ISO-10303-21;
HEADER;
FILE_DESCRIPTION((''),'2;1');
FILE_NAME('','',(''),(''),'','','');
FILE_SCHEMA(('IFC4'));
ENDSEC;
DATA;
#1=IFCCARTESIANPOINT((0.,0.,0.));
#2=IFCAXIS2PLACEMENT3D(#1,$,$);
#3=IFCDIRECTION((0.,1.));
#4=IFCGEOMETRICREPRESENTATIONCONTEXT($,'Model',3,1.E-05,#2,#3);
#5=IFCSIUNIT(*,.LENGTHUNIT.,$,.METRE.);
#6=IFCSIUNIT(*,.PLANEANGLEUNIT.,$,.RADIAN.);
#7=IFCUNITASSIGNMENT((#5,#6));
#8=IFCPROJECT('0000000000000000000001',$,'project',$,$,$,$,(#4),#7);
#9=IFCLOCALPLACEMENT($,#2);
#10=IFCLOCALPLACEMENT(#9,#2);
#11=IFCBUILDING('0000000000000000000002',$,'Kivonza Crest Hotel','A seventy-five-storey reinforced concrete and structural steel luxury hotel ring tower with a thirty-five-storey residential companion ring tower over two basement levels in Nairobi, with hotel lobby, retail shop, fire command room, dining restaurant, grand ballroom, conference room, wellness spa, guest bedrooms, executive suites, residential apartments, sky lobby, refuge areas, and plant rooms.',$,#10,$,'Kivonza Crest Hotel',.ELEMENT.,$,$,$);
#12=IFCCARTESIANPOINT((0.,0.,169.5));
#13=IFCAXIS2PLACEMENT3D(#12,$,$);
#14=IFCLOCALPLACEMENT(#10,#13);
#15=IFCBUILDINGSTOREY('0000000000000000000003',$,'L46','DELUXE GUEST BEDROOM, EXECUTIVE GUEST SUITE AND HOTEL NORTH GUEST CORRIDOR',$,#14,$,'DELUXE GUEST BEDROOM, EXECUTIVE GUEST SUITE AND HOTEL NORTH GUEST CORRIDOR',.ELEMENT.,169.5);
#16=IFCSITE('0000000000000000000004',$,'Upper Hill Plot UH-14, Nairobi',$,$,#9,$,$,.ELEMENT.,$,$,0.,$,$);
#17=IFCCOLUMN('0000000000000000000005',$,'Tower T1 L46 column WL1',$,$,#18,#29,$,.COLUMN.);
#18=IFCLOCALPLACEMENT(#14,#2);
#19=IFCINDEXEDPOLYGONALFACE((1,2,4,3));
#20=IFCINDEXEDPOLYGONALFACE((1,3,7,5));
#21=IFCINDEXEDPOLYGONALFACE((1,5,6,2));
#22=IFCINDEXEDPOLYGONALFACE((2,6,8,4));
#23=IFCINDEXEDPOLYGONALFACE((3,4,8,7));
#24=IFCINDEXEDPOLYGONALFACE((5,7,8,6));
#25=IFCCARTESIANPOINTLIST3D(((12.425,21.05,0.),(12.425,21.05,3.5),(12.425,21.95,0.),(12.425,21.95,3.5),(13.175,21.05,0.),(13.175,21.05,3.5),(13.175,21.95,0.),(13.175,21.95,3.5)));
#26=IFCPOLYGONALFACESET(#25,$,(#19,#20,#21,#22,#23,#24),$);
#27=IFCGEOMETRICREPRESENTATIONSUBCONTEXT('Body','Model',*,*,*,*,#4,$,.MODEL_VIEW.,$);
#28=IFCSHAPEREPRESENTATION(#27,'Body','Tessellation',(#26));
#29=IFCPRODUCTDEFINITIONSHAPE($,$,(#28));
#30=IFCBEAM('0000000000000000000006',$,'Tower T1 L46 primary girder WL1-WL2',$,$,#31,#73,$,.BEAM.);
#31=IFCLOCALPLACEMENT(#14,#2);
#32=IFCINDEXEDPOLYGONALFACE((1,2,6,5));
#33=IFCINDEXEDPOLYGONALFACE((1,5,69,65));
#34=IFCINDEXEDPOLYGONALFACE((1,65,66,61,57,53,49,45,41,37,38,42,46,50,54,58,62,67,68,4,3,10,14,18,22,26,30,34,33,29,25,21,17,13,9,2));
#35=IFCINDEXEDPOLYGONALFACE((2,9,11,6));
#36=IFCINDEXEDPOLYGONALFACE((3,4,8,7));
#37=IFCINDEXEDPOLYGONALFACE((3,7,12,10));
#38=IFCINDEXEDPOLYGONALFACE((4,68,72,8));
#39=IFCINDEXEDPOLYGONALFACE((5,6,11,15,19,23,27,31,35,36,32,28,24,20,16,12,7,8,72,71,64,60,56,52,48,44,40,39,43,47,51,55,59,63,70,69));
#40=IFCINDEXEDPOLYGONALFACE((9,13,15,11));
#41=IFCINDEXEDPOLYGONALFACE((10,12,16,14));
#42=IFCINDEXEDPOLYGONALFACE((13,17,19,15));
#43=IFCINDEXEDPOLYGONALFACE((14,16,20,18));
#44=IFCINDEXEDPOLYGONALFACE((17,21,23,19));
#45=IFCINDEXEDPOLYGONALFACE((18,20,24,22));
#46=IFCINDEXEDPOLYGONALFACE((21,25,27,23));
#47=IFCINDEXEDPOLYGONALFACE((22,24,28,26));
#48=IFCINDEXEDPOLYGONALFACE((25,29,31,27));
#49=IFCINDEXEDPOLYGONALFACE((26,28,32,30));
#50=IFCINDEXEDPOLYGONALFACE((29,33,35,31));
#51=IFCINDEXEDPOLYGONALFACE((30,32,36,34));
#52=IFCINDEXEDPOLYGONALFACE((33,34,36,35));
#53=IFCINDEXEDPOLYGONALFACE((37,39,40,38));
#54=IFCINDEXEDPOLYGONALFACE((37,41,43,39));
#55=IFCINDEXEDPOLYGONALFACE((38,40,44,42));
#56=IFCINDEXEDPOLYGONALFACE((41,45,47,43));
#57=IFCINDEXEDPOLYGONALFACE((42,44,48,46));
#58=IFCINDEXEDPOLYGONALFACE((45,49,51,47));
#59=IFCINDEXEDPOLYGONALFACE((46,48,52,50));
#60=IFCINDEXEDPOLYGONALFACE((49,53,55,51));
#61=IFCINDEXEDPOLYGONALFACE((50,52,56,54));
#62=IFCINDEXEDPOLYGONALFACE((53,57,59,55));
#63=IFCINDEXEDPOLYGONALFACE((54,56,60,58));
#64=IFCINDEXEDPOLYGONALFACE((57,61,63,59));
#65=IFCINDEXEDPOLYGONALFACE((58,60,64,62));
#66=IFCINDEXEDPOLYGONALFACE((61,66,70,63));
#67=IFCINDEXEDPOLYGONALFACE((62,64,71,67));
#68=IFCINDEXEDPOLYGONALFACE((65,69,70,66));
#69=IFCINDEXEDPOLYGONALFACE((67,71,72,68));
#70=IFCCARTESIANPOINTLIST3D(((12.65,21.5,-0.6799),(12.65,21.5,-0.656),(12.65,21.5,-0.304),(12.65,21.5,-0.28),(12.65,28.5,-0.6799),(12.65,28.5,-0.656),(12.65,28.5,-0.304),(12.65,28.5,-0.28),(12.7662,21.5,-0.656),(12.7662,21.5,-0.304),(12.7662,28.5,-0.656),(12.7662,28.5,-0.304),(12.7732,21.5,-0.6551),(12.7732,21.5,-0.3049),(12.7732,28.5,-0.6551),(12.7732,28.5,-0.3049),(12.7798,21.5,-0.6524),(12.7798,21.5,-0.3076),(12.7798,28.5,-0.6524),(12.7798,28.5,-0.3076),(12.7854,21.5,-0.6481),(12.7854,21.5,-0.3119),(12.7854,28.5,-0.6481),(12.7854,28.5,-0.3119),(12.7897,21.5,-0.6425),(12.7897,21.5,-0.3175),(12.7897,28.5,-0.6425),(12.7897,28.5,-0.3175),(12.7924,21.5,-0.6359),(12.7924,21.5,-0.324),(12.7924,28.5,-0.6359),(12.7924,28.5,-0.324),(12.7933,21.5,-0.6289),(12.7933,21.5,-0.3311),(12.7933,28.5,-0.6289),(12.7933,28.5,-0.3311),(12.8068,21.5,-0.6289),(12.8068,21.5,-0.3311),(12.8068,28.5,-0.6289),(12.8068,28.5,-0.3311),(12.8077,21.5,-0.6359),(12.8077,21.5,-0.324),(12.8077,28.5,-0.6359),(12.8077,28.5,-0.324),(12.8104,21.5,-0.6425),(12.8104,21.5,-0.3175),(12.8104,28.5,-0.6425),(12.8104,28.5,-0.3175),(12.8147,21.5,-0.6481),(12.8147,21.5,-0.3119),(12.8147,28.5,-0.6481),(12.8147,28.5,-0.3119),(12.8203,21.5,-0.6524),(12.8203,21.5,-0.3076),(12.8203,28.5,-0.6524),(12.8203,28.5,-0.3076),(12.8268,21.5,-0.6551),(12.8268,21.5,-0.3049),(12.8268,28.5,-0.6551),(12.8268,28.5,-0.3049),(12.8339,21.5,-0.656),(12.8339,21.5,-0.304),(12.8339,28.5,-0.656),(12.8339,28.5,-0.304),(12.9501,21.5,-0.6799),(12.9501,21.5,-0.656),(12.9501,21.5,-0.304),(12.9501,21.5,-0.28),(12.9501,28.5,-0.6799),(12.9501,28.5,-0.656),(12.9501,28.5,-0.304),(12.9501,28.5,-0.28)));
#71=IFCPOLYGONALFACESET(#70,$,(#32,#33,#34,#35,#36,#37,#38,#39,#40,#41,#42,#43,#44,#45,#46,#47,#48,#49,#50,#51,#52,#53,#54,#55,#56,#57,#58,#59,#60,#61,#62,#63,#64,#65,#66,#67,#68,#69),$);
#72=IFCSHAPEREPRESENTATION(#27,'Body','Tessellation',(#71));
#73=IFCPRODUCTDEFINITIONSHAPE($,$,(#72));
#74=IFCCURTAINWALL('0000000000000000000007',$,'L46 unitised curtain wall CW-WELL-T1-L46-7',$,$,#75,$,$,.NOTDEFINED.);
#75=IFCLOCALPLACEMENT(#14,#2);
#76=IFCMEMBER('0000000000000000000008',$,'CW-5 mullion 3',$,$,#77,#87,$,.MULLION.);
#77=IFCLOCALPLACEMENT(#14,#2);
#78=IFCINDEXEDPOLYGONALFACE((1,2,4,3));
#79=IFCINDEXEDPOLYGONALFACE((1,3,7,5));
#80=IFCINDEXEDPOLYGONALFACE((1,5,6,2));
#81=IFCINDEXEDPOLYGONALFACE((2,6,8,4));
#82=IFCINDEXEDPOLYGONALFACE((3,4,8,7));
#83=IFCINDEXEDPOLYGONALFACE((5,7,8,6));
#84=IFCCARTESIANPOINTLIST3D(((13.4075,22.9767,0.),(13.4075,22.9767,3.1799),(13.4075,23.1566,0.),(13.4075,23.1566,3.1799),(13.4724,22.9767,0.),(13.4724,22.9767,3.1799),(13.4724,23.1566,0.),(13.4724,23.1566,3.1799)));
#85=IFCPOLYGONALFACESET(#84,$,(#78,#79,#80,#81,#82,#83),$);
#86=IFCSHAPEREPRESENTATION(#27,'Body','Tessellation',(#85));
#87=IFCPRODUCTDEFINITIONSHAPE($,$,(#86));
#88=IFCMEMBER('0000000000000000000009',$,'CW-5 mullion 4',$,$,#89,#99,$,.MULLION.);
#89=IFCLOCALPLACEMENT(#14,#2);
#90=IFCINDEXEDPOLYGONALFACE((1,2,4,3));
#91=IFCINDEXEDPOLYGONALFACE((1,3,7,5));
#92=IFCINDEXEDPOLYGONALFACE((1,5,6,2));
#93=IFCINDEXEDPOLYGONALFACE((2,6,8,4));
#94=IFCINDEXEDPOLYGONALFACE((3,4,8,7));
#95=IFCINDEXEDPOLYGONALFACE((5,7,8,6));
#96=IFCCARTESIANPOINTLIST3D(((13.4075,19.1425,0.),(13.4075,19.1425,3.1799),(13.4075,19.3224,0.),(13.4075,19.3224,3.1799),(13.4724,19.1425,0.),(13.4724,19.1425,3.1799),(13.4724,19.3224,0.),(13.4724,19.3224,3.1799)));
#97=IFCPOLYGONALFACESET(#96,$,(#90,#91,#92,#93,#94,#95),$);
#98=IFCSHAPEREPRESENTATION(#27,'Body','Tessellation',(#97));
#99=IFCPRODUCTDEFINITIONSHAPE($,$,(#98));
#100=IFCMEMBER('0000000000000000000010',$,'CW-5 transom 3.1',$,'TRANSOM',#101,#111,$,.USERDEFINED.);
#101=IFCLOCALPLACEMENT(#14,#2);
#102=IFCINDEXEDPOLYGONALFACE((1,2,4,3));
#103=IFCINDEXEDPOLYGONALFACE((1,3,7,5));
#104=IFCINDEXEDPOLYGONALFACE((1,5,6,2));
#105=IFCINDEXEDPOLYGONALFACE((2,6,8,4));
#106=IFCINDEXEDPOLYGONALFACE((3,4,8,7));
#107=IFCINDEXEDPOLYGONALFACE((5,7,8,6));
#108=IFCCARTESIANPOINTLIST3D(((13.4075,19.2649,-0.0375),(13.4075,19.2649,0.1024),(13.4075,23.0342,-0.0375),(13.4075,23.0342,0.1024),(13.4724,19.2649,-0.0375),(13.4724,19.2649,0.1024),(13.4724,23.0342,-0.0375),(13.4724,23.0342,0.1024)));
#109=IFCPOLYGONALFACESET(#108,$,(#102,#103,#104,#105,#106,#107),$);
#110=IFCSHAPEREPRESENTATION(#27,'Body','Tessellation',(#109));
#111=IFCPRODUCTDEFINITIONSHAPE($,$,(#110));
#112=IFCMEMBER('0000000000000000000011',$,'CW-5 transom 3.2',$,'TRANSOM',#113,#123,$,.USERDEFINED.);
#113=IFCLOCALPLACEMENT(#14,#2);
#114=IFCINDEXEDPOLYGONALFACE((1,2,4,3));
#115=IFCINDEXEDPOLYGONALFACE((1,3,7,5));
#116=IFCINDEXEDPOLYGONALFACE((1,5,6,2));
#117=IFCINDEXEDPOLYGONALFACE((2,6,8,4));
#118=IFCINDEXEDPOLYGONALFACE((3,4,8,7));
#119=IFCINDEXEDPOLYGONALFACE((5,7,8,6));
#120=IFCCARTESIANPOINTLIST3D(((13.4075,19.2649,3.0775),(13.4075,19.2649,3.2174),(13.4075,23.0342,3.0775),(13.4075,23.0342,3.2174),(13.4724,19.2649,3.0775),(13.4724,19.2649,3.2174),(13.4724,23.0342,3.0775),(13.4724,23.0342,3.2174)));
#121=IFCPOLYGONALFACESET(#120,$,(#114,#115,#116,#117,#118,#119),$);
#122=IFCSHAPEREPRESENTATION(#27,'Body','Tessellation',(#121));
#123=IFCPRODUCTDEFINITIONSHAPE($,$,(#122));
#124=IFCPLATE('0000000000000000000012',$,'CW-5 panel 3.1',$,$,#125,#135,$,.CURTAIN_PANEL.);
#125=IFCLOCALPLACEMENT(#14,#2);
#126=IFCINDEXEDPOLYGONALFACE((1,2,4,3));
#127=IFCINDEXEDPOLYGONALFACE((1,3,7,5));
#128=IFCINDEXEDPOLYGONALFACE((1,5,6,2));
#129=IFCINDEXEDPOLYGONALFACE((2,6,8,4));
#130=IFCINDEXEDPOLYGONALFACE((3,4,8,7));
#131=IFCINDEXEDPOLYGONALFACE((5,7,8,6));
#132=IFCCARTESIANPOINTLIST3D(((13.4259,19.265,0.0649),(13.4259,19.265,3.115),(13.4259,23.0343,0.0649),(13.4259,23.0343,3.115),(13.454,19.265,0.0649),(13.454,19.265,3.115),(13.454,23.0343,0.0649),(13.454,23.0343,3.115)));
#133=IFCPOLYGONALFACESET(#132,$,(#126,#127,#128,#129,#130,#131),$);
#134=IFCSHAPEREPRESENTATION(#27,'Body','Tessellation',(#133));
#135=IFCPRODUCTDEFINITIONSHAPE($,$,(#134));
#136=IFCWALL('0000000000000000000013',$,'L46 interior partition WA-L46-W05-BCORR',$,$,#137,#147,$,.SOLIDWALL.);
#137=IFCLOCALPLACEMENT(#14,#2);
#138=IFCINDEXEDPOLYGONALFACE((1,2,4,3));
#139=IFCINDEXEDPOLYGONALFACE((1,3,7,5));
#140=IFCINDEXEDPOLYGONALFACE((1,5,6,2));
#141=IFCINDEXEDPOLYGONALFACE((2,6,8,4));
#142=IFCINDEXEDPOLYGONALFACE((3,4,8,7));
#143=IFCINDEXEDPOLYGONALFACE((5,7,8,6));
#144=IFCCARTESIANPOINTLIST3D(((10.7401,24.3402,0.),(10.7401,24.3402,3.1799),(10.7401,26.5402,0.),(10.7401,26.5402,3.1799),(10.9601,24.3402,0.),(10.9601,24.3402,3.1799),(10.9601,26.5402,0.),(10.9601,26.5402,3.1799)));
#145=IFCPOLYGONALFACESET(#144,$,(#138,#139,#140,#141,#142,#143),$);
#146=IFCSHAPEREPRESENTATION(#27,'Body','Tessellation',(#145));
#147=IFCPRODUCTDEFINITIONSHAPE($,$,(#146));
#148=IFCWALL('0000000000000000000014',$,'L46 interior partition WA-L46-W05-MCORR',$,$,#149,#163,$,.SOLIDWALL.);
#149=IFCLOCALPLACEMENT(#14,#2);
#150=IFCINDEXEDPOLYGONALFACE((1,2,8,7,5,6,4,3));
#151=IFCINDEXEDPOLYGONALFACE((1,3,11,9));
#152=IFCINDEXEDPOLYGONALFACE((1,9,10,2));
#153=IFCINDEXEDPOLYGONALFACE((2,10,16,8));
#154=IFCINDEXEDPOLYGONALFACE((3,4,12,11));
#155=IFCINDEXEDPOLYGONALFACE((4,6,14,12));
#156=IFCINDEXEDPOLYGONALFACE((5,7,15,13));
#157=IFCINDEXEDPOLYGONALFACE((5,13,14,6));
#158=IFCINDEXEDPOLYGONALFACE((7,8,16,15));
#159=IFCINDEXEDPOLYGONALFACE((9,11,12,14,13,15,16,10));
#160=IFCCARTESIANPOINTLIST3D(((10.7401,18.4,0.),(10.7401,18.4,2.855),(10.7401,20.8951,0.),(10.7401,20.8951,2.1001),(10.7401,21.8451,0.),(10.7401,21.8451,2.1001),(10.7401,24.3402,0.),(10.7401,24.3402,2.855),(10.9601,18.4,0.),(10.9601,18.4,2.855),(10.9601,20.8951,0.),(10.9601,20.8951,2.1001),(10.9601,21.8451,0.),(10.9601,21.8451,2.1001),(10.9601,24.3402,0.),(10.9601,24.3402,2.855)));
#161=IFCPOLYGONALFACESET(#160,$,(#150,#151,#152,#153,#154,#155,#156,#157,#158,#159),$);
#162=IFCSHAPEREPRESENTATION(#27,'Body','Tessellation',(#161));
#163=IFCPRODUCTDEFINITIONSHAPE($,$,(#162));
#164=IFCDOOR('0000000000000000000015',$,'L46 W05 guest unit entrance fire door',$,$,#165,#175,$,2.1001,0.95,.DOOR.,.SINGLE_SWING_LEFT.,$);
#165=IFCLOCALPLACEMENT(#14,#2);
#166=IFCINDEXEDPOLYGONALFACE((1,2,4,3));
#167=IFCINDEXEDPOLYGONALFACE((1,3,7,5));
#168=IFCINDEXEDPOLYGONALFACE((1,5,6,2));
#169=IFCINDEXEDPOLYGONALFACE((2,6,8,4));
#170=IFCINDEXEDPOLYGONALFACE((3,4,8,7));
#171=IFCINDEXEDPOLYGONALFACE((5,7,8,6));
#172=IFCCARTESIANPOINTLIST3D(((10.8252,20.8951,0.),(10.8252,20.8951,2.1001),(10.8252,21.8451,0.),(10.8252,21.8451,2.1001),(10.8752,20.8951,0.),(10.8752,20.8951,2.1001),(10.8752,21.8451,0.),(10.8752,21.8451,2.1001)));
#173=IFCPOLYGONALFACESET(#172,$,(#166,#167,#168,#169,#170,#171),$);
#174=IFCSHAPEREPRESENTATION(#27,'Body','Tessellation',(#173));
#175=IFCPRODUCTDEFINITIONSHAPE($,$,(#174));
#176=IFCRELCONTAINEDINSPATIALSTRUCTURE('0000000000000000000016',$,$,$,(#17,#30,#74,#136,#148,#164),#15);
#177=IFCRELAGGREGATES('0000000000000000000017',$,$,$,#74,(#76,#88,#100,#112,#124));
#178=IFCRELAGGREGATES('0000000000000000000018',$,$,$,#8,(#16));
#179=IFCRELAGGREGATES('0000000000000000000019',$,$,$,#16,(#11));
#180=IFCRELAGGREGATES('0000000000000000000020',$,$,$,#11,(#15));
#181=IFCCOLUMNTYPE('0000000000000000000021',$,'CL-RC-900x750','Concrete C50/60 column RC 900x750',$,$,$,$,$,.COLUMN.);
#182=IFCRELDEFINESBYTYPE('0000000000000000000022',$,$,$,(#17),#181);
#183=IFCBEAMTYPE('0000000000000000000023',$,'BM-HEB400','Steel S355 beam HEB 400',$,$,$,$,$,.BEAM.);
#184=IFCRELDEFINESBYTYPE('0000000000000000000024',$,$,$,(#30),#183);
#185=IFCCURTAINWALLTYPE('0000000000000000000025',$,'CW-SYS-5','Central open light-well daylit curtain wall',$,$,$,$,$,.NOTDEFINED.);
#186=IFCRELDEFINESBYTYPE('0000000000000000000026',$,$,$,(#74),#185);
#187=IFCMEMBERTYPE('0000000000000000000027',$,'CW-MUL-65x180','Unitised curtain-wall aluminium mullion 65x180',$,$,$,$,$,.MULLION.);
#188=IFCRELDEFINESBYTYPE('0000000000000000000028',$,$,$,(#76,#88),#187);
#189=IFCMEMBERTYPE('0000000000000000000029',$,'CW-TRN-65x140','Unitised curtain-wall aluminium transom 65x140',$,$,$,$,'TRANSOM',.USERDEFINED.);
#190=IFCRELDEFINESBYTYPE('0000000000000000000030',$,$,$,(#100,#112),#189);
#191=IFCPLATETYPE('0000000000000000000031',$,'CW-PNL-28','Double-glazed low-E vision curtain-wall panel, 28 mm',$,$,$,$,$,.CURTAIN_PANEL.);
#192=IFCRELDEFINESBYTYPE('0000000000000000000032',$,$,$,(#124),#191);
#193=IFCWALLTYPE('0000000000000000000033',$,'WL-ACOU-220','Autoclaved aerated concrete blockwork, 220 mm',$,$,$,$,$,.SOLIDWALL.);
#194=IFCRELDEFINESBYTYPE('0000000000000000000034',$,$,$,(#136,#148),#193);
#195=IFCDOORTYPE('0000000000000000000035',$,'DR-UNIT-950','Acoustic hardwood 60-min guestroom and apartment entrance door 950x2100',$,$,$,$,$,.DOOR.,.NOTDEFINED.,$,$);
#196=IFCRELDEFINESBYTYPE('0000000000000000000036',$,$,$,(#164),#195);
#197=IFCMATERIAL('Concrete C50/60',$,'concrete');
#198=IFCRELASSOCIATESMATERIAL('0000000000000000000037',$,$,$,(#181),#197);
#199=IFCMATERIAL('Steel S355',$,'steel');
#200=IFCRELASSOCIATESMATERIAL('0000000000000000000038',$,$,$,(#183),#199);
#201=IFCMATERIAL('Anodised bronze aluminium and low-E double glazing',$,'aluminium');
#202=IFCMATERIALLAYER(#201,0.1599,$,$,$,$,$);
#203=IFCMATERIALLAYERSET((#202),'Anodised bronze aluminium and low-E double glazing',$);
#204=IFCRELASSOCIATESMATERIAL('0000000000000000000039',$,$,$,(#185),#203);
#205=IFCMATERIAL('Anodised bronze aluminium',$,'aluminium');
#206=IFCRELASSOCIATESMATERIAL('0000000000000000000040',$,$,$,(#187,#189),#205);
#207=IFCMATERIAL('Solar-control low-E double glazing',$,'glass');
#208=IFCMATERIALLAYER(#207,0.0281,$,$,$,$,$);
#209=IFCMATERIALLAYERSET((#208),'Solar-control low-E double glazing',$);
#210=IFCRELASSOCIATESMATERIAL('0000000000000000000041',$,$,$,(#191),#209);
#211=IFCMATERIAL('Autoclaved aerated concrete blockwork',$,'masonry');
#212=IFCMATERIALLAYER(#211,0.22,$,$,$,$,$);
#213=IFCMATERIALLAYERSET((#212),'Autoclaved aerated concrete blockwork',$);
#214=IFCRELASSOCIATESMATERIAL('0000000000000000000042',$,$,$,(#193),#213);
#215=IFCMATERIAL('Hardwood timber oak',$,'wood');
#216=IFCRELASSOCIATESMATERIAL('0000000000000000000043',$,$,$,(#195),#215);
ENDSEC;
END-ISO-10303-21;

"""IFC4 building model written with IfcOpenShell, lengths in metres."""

from ifc_helpers import new_model, si_unit, direction, frame, frame_2d, origin, origin_2d, place, context, subcontext, project, spatial, rectangle, i_section, extrude, material, layer, layer_set, material_profile, profile_set, type_object, element, fill, aggregate, save


model = new_model("IFC4")

# Units and contexts
model_context = context("Model", 3, precision=1e-05, world=origin(), true_north=direction((0.0, 1.0)))
body_context = subcontext(model_context, "Body", "Model", "MODEL_VIEW")
ifc_project = project(units=[si_unit("LENGTHUNIT", "METRE"), si_unit("PLANEANGLEUNIT", "RADIAN")], contexts=[model_context])

# Site, building, storey
site_placement = place(None, origin())
site = spatial("IfcSite", under=ifc_project, at=site_placement, Name="Upper Hill Plot UH-14, Nairobi", CompositionType="ELEMENT", RefElevation=0.0)
building_placement = place(site_placement, origin())
building = spatial("IfcBuilding", under=site, at=building_placement, Name="Kivonza Crest Hotel", Description="A seventy-five-storey reinforced concrete and structural steel luxury hotel ring tower with a thirty-five-storey residential companion ring tower over two basement levels in Nairobi, with hotel lobby, retail shop, fire command room, dining restaurant, grand ballroom, conference room, wellness spa, guest bedrooms, executive suites, residential apartments, sky lobby, refuge areas, and plant rooms.", LongName="Kivonza Crest Hotel", CompositionType="ELEMENT")
storey_placement = place(building_placement, frame((0.0, 0.0, 169.5)))
storey = spatial("IfcBuildingStorey", under=building, at=storey_placement, Name="L46", Description="DELUXE GUEST BEDROOM, EXECUTIVE GUEST SUITE AND HOTEL NORTH GUEST CORRIDOR", LongName="DELUXE GUEST BEDROOM, EXECUTIVE GUEST SUITE AND HOTEL NORTH GUEST CORRIDOR", CompositionType="ELEMENT", Elevation=169.5)

# Column
ifc_material_1 = material(Name="Concrete C50/60", Category="concrete")
ifc_material_profile_1 = material_profile(ifc_material_1, rectangle(XDim=0.75, YDim=0.8999, at=origin_2d()), Name="RC 900x750")
ifc_profile_set_1 = profile_set([ifc_material_profile_1], Name="Concrete C50/60")
column_type = type_object("IfcColumnType", Name="CL-RC-900x750", Description="Concrete C50/60 column RC 900x750", PredefinedType="COLUMN", material=ifc_profile_set_1)
column_placement = place(storey_placement, frame((12.8, 21.5, 0.0), z_axis=(0.0, 0.0, 1.0), x_axis=(1.0, 0.0, 0.0)))
element("IfcColumn", 1, at=column_placement, inside=storey, type_object=column_type, Name="Tower T1 L46 column WL1", PredefinedType="COLUMN", context=body_context, shape_type="SweptSolid", body=[
    extrude(rectangle(XDim=0.75, YDim=0.8999, at=origin_2d()), origin(), (0.0, 0.0, 1.0), 3.5),
])

# Beam
ifc_material_2 = material(Name="Steel S355", Category="steel")
ifc_material_profile_2 = material_profile(ifc_material_2, i_section(OverallWidth=0.3, OverallDepth=0.3999, WebThickness=0.0134, FlangeThickness=0.0239, FilletRadius=0.0271, at=origin_2d()), Name="HEB 400")
ifc_profile_set_2 = profile_set([ifc_material_profile_2], Name="Steel S355")
beam_type = type_object("IfcBeamType", Name="BM-HEB400", Description="Steel S355 beam HEB 400", PredefinedType="BEAM", material=ifc_profile_set_2)
beam_placement = place(storey_placement, frame((12.8, 21.5, -0.48), z_axis=(0.0, 1.0, 0.0), x_axis=(-1.0, 0.0, 0.0)))
element("IfcBeam", 2, at=beam_placement, inside=storey, type_object=beam_type, Name="Tower T1 L46 primary girder WL1-WL2", PredefinedType="BEAM", context=body_context, shape_type="SweptSolid", body=[
    extrude(i_section(OverallWidth=0.3, OverallDepth=0.3999, WebThickness=0.0134, FlangeThickness=0.0239, FilletRadius=0.0271, at=origin_2d()), origin(), (0.0, 0.0, 1.0), 7.0),
])

# Curtain wall, members, plate
ifc_material_3 = material(Name="Anodised bronze aluminium and low-E double glazing", Category="aluminium")
ifc_layer_1 = layer(ifc_material_3, 0.1599)
ifc_layer_set_1 = layer_set([ifc_layer_1], Name="Anodised bronze aluminium and low-E double glazing")
curtain_wall_type = type_object("IfcCurtainWallType", Name="CW-SYS-5", Description="Central open light-well daylit curtain wall", PredefinedType="NOTDEFINED", material=ifc_layer_set_1)
curtain_wall_placement = place(storey_placement, origin())
curtain_wall = element("IfcCurtainWall", 3, at=curtain_wall_placement, inside=storey, type_object=curtain_wall_type, Name="L46 unitised curtain wall CW-WELL-T1-L46-7", PredefinedType="NOTDEFINED")
ifc_material_4 = material(Name="Anodised bronze aluminium", Category="aluminium")
ifc_material_profile_3 = material_profile(ifc_material_4, rectangle(XDim=0.0649, YDim=0.1799, at=origin_2d()), Name="CW-M 65x180")
ifc_profile_set_3 = profile_set([ifc_material_profile_3], Name="Anodised bronze aluminium")
member_type_1 = type_object("IfcMemberType", Name="CW-MUL-65x180", Description="Unitised curtain-wall aluminium mullion 65x180", PredefinedType="MULLION", material=ifc_profile_set_3)
member_1_placement = place(storey_placement, frame((13.4399, 23.0667, 0.0), z_axis=(0.0, 0.0, 1.0), x_axis=(1.0, 0.0, 0.0)))
member_1 = element("IfcMember", 4, at=member_1_placement, type_object=member_type_1, Name="CW-5 mullion 3", PredefinedType="MULLION", context=body_context, shape_type="SweptSolid", body=[
    extrude(rectangle(XDim=0.0649, YDim=0.1799, at=origin_2d()), origin(), (0.0, 0.0, 1.0), 3.1799),
])
member_2_placement = place(storey_placement, frame((13.4399, 19.2324, 0.0), z_axis=(0.0, 0.0, 1.0), x_axis=(1.0, 0.0, 0.0)))
member_2 = element("IfcMember", 5, at=member_2_placement, type_object=member_type_1, Name="CW-5 mullion 4", PredefinedType="MULLION", context=body_context, shape_type="SweptSolid", body=[
    extrude(rectangle(XDim=0.0649, YDim=0.1799, at=origin_2d()), origin(), (0.0, 0.0, 1.0), 3.1799),
])
ifc_material_profile_4 = material_profile(ifc_material_4, rectangle(XDim=0.0649, YDim=0.1399, at=origin_2d()), Name="CW-T 65x140")
ifc_profile_set_4 = profile_set([ifc_material_profile_4], Name="Anodised bronze aluminium")
member_type_2 = type_object("IfcMemberType", Name="CW-TRN-65x140", Description="Unitised curtain-wall aluminium transom 65x140", ElementType="TRANSOM", PredefinedType="USERDEFINED", material=ifc_profile_set_4)
member_3_placement = place(storey_placement, frame((13.4399, 23.0342, 0.0325), z_axis=(0.0, -1.0, 0.0), x_axis=(1.0, 0.0, 0.0)))
member_3 = element("IfcMember", 6, at=member_3_placement, type_object=member_type_2, Name="CW-5 transom 3.1", ObjectType="TRANSOM", PredefinedType="USERDEFINED", context=body_context, shape_type="SweptSolid", body=[
    extrude(rectangle(XDim=0.0649, YDim=0.1399, at=origin_2d()), origin(), (0.0, 0.0, 1.0), 3.7693),
])
member_4_placement = place(storey_placement, frame((13.4399, 23.0342, 3.1475), z_axis=(0.0, -1.0, 0.0), x_axis=(1.0, 0.0, 0.0)))
member_4 = element("IfcMember", 7, at=member_4_placement, type_object=member_type_2, Name="CW-5 transom 3.2", ObjectType="TRANSOM", PredefinedType="USERDEFINED", context=body_context, shape_type="SweptSolid", body=[
    extrude(rectangle(XDim=0.0649, YDim=0.1399, at=origin_2d()), origin(), (0.0, 0.0, 1.0), 3.7693),
])
ifc_material_5 = material(Name="Solar-control low-E double glazing", Category="glass")
ifc_layer_2 = layer(ifc_material_5, 0.0281)
ifc_layer_set_2 = layer_set([ifc_layer_2], Name="Solar-control low-E double glazing")
plate_type = type_object("IfcPlateType", Name="CW-PNL-28", Description="Double-glazed low-E vision curtain-wall panel, 28 mm", PredefinedType="CURTAIN_PANEL", material=ifc_layer_set_2)
plate_placement = place(storey_placement, frame((13.4399, 21.1497, 0.0649), z_axis=(0.0, 0.0, 1.0), x_axis=(0.0, -1.0, 0.0)))
plate = element("IfcPlate", 8, at=plate_placement, type_object=plate_type, Name="CW-5 panel 3.1", PredefinedType="CURTAIN_PANEL", context=body_context, shape_type="SweptSolid", body=[
    extrude(rectangle(XDim=3.7693, YDim=0.0281, at=origin_2d()), origin(), (0.0, 0.0, 1.0), 3.05),
])
aggregate(curtain_wall, [member_1, member_2, member_3, member_4, plate])

# Wall
ifc_material_6 = material(Name="Autoclaved aerated concrete blockwork", Category="masonry")
ifc_layer_3 = layer(ifc_material_6, 0.22)
ifc_layer_set_3 = layer_set([ifc_layer_3], Name="Autoclaved aerated concrete blockwork")
wall_type_1 = type_object("IfcWallType", Name="WL-ACOU-220", Description="Autoclaved aerated concrete blockwork, 220 mm", PredefinedType="SOLIDWALL", material=ifc_layer_set_3)
wall_1_placement = place(storey_placement, frame((10.8501, 24.3401, 0.0), z_axis=(0.0, 0.0, 1.0), x_axis=(0.0, 1.0, 0.0)))
element("IfcWall", 9, at=wall_1_placement, inside=storey, type_object=wall_type_1, Name="L46 interior partition WA-L46-W05-BCORR", PredefinedType="SOLIDWALL", context=body_context, shape_type="SweptSolid", body=[
    extrude(rectangle(XDim=2.2, YDim=0.22, at=frame_2d((1.1001, 0.0))), origin(), (0.0, 0.0, 1.0), 3.1799),
])

# Wall, opening, door
wall_2_placement = place(storey_placement, frame((10.8501, 18.3999, 0.0), z_axis=(0.0, 0.0, 1.0), x_axis=(0.0, 1.0, 0.0)))
wall_2 = element("IfcWall", 10, at=wall_2_placement, inside=storey, type_object=wall_type_1, Name="L46 interior partition WA-L46-W05-MCORR", PredefinedType="SOLIDWALL", context=body_context, shape_type="SweptSolid", body=[
    extrude(rectangle(XDim=5.9402, YDim=0.22, at=frame_2d((2.9702, 0.0))), origin(), (0.0, 0.0, 1.0), 2.855),
])
opening_1_placement = place(wall_2_placement, frame((2.4951, 0.0, 0.0)))
opening_1 = element("IfcOpeningElement", 11, at=opening_1_placement, cuts=wall_2, PredefinedType="OPENING", context=body_context, shape_type="SweptSolid", body=[
    extrude(rectangle(XDim=0.95, YDim=2.1001, at=frame_2d((0.4751, 1.05))), frame((0.0, 0.1201, 0.0), z_axis=(0.0, -1.0, 0.0), x_axis=(1.0, 0.0, 0.0)), (0.0, 0.0, 1.0), 0.24),
])
ifc_material_7 = material(Name="Hardwood timber oak", Category="wood")
door_type_1 = type_object("IfcDoorType", Name="DR-UNIT-950", Description="Acoustic hardwood 60-min guestroom and apartment entrance door 950x2100", OperationType="NOTDEFINED", PredefinedType="DOOR", material=ifc_material_7)
door_1_placement = place(opening_1_placement, origin())
door_1 = element("IfcDoor", 12, at=door_1_placement, inside=storey, type_object=door_type_1, Name="L46 W05 guest unit entrance fire door", OperationType="SINGLE_SWING_LEFT", OverallHeight=2.1001, OverallWidth=0.95, PredefinedType="DOOR", context=body_context, shape_type="SweptSolid", body=[
    extrude(rectangle(XDim=0.95, YDim=2.1001, at=frame_2d((0.4751, 1.05))), frame((0.0, 0.0249, 0.0), z_axis=(0.0, -1.0, 0.0), x_axis=(1.0, 0.0, 0.0)), (0.0, 0.0, 1.0), 0.05),
])
fill(opening_1, door_1)

save(model, "model.ifc")
